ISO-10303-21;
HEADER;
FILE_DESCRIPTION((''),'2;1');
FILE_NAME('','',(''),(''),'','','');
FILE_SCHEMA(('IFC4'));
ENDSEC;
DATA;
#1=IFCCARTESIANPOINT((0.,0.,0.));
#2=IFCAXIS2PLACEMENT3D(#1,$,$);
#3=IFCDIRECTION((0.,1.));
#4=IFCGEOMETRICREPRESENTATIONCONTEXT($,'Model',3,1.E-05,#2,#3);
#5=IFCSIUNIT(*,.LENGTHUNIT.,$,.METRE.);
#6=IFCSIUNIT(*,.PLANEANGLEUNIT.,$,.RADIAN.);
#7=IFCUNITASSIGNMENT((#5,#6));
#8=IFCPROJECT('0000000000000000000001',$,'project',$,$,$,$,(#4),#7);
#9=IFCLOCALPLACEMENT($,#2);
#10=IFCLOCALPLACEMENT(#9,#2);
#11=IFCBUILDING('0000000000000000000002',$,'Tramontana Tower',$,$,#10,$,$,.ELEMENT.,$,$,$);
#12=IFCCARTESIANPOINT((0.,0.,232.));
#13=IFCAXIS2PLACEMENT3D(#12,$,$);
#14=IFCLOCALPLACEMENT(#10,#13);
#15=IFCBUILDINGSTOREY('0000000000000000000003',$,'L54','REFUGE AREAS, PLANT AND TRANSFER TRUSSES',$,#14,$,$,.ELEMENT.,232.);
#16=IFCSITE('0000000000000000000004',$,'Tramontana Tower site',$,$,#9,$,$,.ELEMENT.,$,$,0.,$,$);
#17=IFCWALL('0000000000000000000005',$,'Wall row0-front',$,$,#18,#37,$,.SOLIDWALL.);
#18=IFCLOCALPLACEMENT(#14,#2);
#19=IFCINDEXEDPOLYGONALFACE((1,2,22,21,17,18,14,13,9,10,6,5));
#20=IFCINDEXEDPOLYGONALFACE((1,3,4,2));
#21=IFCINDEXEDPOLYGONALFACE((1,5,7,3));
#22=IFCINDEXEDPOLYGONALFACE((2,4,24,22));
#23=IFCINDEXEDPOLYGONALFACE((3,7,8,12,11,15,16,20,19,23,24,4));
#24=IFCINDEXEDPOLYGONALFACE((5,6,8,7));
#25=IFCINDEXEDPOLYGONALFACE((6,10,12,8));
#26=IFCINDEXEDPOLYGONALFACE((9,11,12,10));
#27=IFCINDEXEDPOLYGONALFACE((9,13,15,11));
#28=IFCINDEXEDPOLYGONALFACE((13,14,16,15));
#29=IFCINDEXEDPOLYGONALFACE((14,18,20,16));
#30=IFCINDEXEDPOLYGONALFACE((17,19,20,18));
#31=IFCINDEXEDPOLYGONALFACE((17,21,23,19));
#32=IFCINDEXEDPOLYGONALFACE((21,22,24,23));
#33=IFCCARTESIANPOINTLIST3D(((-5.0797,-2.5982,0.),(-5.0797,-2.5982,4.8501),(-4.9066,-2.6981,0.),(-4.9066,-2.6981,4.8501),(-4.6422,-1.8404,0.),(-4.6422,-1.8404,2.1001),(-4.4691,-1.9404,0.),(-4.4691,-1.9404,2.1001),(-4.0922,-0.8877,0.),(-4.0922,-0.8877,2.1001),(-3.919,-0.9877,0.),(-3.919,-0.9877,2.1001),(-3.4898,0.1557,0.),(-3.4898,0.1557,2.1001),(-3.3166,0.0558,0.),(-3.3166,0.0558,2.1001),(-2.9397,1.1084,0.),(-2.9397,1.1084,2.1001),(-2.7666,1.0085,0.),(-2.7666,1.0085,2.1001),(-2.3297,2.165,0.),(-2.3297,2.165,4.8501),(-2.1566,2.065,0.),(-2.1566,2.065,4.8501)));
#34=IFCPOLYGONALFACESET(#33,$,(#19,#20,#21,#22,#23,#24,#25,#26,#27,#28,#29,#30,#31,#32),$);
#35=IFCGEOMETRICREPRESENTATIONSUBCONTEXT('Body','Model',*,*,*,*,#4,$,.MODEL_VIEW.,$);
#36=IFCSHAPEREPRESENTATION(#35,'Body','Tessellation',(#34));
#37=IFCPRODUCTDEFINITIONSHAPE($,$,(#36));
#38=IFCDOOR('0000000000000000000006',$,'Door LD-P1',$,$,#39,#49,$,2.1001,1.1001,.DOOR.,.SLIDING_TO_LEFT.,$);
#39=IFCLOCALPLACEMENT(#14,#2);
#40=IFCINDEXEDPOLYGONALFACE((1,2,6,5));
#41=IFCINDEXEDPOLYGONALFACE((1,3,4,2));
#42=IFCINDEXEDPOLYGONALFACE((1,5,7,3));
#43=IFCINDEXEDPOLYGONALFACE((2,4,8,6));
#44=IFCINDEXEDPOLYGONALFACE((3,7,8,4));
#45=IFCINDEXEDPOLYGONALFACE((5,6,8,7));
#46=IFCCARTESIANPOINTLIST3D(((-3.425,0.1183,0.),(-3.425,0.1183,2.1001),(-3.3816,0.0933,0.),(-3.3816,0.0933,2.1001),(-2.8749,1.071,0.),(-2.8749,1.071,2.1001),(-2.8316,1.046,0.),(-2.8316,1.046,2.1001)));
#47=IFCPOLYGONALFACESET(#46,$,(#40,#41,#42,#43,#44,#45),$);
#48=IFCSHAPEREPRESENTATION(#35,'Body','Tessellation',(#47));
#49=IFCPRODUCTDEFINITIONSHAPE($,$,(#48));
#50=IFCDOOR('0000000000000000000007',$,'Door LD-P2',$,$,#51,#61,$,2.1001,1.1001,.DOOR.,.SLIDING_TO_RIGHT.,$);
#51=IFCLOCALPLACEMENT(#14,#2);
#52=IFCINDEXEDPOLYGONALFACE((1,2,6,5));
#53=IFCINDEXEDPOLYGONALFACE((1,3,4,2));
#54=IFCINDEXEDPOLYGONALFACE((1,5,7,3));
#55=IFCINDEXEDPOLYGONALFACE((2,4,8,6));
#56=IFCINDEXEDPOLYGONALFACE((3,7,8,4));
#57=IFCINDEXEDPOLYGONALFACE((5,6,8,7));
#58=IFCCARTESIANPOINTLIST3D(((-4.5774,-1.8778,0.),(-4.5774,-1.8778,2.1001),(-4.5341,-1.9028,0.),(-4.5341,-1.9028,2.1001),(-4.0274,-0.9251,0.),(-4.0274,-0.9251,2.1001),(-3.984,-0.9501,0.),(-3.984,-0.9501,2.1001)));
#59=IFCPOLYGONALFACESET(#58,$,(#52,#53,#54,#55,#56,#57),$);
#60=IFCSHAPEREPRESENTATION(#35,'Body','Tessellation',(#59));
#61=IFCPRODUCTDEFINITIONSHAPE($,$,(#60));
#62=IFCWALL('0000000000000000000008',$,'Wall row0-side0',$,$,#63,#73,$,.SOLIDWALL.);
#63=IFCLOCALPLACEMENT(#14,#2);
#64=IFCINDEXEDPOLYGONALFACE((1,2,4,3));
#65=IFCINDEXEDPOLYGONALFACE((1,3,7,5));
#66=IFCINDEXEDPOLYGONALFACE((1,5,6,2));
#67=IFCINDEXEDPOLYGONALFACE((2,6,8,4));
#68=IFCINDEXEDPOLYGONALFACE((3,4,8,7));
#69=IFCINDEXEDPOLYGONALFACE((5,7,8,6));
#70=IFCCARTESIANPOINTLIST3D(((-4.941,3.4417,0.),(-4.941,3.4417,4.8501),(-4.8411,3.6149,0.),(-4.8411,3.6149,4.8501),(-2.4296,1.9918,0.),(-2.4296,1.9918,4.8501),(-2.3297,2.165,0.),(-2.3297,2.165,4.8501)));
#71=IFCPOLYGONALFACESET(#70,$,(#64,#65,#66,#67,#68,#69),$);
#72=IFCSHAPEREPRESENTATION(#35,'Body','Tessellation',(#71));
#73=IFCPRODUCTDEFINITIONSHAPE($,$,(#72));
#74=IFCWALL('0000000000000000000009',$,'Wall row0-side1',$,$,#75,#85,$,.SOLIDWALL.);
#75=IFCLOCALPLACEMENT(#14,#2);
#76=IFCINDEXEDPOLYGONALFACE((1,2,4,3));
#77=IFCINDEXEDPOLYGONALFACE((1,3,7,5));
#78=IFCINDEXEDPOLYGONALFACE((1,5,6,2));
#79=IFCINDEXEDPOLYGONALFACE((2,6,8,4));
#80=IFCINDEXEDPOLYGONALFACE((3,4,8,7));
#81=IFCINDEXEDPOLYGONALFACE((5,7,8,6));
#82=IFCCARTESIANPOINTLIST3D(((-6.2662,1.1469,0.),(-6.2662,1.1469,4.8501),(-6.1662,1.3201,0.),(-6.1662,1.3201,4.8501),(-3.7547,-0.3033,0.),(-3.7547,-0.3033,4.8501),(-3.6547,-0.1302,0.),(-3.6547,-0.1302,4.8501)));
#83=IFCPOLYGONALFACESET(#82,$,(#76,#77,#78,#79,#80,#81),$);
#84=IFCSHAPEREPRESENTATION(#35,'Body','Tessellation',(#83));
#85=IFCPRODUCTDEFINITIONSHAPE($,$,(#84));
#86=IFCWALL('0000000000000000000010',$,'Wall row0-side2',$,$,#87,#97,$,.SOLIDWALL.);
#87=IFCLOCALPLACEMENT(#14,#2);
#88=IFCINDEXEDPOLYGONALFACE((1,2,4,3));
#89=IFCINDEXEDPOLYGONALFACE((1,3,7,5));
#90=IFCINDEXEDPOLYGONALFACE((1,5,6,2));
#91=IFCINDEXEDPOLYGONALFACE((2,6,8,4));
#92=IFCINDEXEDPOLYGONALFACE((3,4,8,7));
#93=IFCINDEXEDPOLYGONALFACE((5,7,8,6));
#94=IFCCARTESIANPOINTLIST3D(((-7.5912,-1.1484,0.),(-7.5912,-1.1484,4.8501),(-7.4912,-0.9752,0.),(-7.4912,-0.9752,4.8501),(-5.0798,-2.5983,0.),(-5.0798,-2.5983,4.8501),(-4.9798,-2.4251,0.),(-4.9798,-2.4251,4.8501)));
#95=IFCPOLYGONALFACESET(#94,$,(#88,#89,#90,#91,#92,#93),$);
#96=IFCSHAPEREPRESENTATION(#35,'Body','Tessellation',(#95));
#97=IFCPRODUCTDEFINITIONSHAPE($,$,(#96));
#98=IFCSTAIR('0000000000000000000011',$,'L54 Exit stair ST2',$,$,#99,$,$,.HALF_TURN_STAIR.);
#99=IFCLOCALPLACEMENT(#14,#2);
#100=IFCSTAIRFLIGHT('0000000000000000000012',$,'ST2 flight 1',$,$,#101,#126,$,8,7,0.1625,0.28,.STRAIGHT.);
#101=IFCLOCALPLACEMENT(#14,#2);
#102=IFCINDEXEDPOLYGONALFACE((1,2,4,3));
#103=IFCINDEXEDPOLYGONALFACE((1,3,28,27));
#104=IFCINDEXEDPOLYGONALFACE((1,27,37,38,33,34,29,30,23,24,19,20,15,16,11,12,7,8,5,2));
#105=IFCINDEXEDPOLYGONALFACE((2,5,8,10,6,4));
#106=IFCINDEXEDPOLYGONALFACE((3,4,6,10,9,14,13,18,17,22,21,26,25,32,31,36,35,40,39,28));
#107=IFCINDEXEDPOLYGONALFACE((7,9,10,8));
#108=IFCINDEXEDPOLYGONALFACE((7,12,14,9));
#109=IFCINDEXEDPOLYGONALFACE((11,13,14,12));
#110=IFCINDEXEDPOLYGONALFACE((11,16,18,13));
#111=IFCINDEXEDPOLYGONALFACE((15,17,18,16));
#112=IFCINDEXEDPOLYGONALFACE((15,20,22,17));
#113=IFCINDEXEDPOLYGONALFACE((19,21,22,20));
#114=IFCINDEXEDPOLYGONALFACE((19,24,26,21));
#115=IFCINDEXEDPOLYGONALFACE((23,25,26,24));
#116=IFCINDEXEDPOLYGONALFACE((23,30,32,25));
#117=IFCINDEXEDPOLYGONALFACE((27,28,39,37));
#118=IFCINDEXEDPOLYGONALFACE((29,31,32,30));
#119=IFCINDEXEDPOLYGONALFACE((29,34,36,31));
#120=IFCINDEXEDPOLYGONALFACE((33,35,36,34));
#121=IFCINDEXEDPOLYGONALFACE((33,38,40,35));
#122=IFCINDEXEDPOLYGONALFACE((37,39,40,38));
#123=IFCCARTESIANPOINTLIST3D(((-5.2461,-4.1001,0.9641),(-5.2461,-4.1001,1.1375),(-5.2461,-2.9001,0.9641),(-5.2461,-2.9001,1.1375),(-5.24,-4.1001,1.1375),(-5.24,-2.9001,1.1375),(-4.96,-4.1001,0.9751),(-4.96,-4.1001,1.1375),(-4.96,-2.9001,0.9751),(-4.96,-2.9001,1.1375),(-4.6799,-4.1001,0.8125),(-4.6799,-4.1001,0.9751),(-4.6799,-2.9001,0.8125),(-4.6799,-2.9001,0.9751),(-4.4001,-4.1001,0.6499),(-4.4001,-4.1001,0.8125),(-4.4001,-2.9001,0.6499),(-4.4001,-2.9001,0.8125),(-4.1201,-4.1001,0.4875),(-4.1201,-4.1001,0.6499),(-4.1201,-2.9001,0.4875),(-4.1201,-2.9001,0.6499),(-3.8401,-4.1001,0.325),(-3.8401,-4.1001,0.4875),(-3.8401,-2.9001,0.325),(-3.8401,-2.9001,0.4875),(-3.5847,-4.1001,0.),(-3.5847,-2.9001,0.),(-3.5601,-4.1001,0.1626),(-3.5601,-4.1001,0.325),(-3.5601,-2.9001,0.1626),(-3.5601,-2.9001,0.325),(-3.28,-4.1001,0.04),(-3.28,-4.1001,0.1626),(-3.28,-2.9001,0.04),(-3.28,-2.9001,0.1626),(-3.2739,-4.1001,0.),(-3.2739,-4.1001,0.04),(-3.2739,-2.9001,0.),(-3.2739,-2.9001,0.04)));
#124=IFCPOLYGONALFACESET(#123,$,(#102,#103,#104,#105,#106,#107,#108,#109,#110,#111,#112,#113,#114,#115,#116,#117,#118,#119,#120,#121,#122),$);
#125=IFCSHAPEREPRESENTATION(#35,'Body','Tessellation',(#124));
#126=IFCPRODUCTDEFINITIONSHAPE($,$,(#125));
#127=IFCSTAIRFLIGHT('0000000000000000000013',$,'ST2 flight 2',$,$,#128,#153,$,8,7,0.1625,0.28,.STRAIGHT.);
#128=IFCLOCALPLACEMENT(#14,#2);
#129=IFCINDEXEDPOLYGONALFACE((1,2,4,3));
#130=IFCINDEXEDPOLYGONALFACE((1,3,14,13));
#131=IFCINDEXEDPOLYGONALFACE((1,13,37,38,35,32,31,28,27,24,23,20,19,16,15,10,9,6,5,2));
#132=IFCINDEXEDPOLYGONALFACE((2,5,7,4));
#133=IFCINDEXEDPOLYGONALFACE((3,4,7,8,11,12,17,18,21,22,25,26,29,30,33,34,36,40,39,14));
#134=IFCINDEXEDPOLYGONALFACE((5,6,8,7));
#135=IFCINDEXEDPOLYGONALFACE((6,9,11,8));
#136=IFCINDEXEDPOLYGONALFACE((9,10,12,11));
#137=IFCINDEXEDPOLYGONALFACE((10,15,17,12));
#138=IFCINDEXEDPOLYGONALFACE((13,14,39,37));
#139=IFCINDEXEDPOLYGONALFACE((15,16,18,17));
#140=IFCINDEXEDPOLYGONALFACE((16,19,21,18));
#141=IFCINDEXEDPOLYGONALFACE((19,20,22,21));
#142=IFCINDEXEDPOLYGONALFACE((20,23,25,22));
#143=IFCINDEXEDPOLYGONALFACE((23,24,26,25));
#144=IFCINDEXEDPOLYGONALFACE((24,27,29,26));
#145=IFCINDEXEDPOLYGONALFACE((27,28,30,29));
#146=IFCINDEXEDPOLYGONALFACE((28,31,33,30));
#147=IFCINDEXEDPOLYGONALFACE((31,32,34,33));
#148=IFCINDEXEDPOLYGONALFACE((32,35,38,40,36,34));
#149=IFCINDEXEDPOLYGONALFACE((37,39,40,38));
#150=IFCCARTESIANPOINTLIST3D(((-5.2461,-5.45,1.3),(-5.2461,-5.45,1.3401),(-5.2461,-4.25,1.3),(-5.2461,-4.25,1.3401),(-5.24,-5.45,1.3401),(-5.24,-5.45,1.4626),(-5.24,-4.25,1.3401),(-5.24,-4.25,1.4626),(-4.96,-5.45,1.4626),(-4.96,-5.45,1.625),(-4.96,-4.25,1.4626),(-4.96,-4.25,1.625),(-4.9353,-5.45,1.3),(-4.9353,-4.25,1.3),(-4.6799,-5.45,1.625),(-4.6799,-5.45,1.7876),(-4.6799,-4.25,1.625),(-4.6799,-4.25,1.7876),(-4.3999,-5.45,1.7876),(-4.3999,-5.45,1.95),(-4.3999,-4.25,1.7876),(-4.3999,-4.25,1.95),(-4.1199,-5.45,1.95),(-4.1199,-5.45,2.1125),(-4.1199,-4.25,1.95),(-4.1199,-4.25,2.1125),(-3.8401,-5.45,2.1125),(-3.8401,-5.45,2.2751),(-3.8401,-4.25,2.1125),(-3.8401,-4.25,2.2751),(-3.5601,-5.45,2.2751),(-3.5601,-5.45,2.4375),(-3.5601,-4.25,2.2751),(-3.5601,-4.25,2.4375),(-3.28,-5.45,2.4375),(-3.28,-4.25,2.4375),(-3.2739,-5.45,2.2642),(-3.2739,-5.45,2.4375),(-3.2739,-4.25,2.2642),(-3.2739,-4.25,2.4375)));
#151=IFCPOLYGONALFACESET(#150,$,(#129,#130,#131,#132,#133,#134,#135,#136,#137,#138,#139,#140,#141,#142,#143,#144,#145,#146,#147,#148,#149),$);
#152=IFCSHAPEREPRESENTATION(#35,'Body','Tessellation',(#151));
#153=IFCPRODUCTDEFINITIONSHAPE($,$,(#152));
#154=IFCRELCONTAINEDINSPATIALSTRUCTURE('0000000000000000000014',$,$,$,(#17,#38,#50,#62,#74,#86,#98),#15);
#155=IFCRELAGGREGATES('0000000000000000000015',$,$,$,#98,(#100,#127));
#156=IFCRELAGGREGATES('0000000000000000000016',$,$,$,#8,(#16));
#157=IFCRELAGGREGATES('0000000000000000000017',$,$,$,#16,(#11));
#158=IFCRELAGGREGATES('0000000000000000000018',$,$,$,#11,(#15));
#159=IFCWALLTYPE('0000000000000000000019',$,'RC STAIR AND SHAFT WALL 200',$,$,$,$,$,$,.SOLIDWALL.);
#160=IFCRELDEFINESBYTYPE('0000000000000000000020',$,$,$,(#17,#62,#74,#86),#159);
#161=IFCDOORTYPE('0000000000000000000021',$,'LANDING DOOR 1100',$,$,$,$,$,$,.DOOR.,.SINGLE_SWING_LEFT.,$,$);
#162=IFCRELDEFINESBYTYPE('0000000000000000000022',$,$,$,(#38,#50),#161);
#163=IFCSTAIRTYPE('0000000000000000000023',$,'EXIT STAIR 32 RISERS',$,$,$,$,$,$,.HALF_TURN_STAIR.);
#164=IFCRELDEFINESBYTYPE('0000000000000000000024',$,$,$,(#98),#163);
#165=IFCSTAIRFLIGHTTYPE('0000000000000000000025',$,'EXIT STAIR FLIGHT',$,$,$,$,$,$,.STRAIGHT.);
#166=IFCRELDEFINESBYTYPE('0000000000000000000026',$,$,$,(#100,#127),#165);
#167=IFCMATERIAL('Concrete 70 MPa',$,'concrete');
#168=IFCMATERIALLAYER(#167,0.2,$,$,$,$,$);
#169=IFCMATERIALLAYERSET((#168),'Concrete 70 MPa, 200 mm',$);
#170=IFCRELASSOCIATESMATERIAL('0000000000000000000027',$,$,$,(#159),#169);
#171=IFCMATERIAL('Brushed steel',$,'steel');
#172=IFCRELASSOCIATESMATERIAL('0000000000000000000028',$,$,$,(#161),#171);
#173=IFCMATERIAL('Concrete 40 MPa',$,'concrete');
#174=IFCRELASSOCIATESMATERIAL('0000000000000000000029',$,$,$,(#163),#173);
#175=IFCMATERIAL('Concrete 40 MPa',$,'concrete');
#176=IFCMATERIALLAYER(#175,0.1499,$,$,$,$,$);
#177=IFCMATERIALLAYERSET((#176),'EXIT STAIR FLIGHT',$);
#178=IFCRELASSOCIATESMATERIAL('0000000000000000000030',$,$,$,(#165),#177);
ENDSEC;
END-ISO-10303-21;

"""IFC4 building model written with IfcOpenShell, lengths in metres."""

from ifc_helpers import new_model, si_unit, direction, frame, frame_2d, origin, place, context, subcontext, project, spatial, polyline, rectangle, outline, extrude, material, layer, layer_set, type_object, element, fill, aggregate, save


model = new_model("IFC4")

# Units and contexts
model_context = context("Model", 3, precision=1e-05, world=origin(), true_north=direction((0.0, 1.0)))
body_context = subcontext(model_context, "Body", "Model", "MODEL_VIEW")
ifc_project = project(units=[si_unit("LENGTHUNIT", "METRE"), si_unit("PLANEANGLEUNIT", "RADIAN")], contexts=[model_context])

# Site, building, storey
site_placement = place(None, origin())
site = spatial("IfcSite", under=ifc_project, at=site_placement, Name="Tramontana Tower site", CompositionType="ELEMENT", RefElevation=0.0)
building_placement = place(site_placement, origin())
building = spatial("IfcBuilding", under=site, at=building_placement, Name="Tramontana Tower", CompositionType="ELEMENT")
storey_placement = place(building_placement, frame((0.0, 0.0, 232.0)))
storey = spatial("IfcBuildingStorey", under=building, at=storey_placement, Name="L54", Description="REFUGE AREAS, PLANT AND TRANSFER TRUSSES", CompositionType="ELEMENT", Elevation=232.0)

# Shared definitions
ifc_material_1 = material(Name="Concrete 70 MPa", Category="concrete")
ifc_layer_1 = layer(ifc_material_1, 0.2)
ifc_layer_set_1 = layer_set([ifc_layer_1], Name="Concrete 70 MPa, 200 mm")
wall_type_1 = type_object("IfcWallType", Name="RC STAIR AND SHAFT WALL 200", PredefinedType="SOLIDWALL", material=ifc_layer_set_1)

# Wall, openings, doors
wall_1_placement = place(storey_placement, frame((-2.2432, 2.115, 0.0), z_axis=(0.0, 0.0, 1.0), x_axis=(-0.499997, -0.866027, 0.0)))
wall_1 = element("IfcWall", 1, at=wall_1_placement, inside=storey, type_object=wall_type_1, Name="Wall row0-front", PredefinedType="SOLIDWALL", context=body_context, shape_type="SweptSolid", body=[
    extrude(rectangle(XDim=5.5, YDim=0.2, at=frame_2d((2.75, 0.0))), origin(), (0.0, 0.0, 1.0), 4.8501),
])
opening_1_placement = place(wall_1_placement, frame((1.22, 0.0, 0.0)))
opening_1 = element("IfcOpeningElement", 2, at=opening_1_placement, cuts=wall_1, PredefinedType="OPENING", context=body_context, shape_type="SweptSolid", body=[
    extrude(rectangle(XDim=1.1001, YDim=2.1001, at=frame_2d((0.55, 1.05))), frame((0.0, 0.1099, 0.0), z_axis=(0.0, -1.0, 0.0), x_axis=(1.0, 0.0, 0.0)), (0.0, 0.0, 1.0), 0.22),
])
opening_2_placement = place(wall_1_placement, frame((3.5249, 0.0, 0.0)))
opening_2 = element("IfcOpeningElement", 3, at=opening_2_placement, cuts=wall_1, PredefinedType="OPENING", context=body_context, shape_type="SweptSolid", body=[
    extrude(rectangle(XDim=1.1001, YDim=2.1001, at=frame_2d((0.55, 1.05))), frame((0.0, 0.1099, 0.0), z_axis=(0.0, -1.0, 0.0), x_axis=(1.0, 0.0, 0.0)), (0.0, 0.0, 1.0), 0.22),
])
ifc_material_2 = material(Name="Brushed steel", Category="steel")
door_type_1 = type_object("IfcDoorType", Name="LANDING DOOR 1100", OperationType="SINGLE_SWING_LEFT", PredefinedType="DOOR", material=ifc_material_2)
door_1_placement = place(opening_1_placement, origin())
door_1 = element("IfcDoor", 4, at=door_1_placement, inside=storey, type_object=door_type_1, Name="Door LD-P1", OperationType="SLIDING_TO_LEFT", OverallHeight=2.1001, OverallWidth=1.1001, PredefinedType="DOOR", context=body_context, shape_type="SweptSolid", body=[
    extrude(rectangle(XDim=1.1001, YDim=2.1001, at=frame_2d((0.55, 1.05))), frame((0.0, 0.0249, 0.0), z_axis=(0.0, -1.0, 0.0), x_axis=(1.0, 0.0, 0.0)), (0.0, 0.0, 1.0), 0.05),
])
fill(opening_1, door_1)
door_2_placement = place(opening_2_placement, origin())
door_2 = element("IfcDoor", 5, at=door_2_placement, inside=storey, type_object=door_type_1, Name="Door LD-P2", OperationType="SLIDING_TO_RIGHT", OverallHeight=2.1001, OverallWidth=1.1001, PredefinedType="DOOR", context=body_context, shape_type="SweptSolid", body=[
    extrude(rectangle(XDim=1.1001, YDim=2.1001, at=frame_2d((0.55, 1.05))), frame((0.0, 0.0249, 0.0), z_axis=(0.0, -1.0, 0.0), x_axis=(1.0, 0.0, 0.0)), (0.0, 0.0, 1.0), 0.05),
])
fill(opening_2, door_2)

# Walls
wall_2_placement = place(storey_placement, frame((-2.3796, 2.0784, 0.0), z_axis=(0.0, 0.0, 1.0), x_axis=(-0.866033, 0.499987, 0.0)))
element("IfcWall", 6, at=wall_2_placement, inside=storey, type_object=wall_type_1, Name="Wall row0-side0", PredefinedType="SOLIDWALL", context=body_context, shape_type="SweptSolid", body=[
    extrude(rectangle(XDim=2.8999, YDim=0.2, at=frame_2d((1.45, 0.0))), origin(), (0.0, 0.0, 1.0), 4.8501),
])
wall_3_placement = place(storey_placement, frame((-3.7046, -0.2168, 0.0), z_axis=(0.0, 0.0, 1.0), x_axis=(-0.865996, 0.50005, 0.0)))
element("IfcWall", 7, at=wall_3_placement, inside=storey, type_object=wall_type_1, Name="Wall row0-side1", PredefinedType="SOLIDWALL", context=body_context, shape_type="SweptSolid", body=[
    extrude(rectangle(XDim=2.9001, YDim=0.2, at=frame_2d((1.4502, 0.0))), origin(), (0.0, 0.0, 1.0), 4.8501),
])
wall_4_placement = place(storey_placement, frame((-5.0298, -2.5117, 0.0), z_axis=(0.0, 0.0, 1.0), x_axis=(-0.866033, 0.499987, 0.0)))
element("IfcWall", 8, at=wall_4_placement, inside=storey, type_object=wall_type_1, Name="Wall row0-side2", PredefinedType="SOLIDWALL", context=body_context, shape_type="SweptSolid", body=[
    extrude(rectangle(XDim=2.8999, YDim=0.2, at=frame_2d((1.45, 0.0))), origin(), (0.0, 0.0, 1.0), 4.8501),
])

# Stair, stair flights
ifc_material_3 = material(Name="Concrete 40 MPa", Category="concrete")
stair_type = type_object("IfcStairType", Name="EXIT STAIR 32 RISERS", PredefinedType="HALF_TURN_STAIR", material=ifc_material_3)
stair_placement = place(storey_placement, origin())
stair = element("IfcStair", 9, at=stair_placement, inside=storey, type_object=stair_type, Name="L54 Exit stair ST2", PredefinedType="HALF_TURN_STAIR")
ifc_material_4 = material(Name="Concrete 40 MPa", Category="concrete")
ifc_layer_2 = layer(ifc_material_4, 0.1499)
ifc_layer_set_2 = layer_set([ifc_layer_2], Name="EXIT STAIR FLIGHT")
stair_flight_type = type_object("IfcStairFlightType", Name="EXIT STAIR FLIGHT", PredefinedType="STRAIGHT", material=ifc_layer_set_2)
stair_flight_1_placement = place(storey_placement, frame((-3.28, -3.5, 0.0), z_axis=(0.0, 0.0, 1.0), x_axis=(-1.0, 0.0, 0.0)))
stair_flight_1 = element("IfcStairFlight", 10, at=stair_flight_1_placement, type_object=stair_flight_type, Name="ST2 flight 1", NumberOfRisers=8, NumberOfTreads=7, PredefinedType="STRAIGHT", RiserHeight=0.1625, TreadLength=0.28, context=body_context, shape_type="SweptSolid", body=[
    extrude(outline(polyline([(-0.0061, 0.0), (-0.0061, 0.04), (0.0, 0.04), (0.0, 0.1626), (0.28, 0.1626), (0.28, 0.325), (0.5601, 0.325), (0.5601, 0.4875), (0.8401, 0.4875), (0.8401, 0.6499), (1.1201, 0.6499), (1.1201, 0.8125), (1.3999, 0.8125), (1.3999, 0.9751), (1.6799, 0.9751), (1.6799, 1.1375), (1.96, 1.1375), (1.9661, 1.1375), (1.9661, 0.9641), (0.3047, 0.0), (-0.0061, 0.0)])), frame((0.0, 0.6001, 0.0), z_axis=(0.0, -1.0, 0.0), x_axis=(1.0, 0.0, 0.0)), (0.0, 0.0, 1.0), 1.2),
])
stair_flight_2_placement = place(storey_placement, frame((-5.24, -4.8501, 1.3), z_axis=(0.0, 0.0, 1.0), x_axis=(1.0, 0.0, 0.0)))
stair_flight_2 = element("IfcStairFlight", 11, at=stair_flight_2_placement, type_object=stair_flight_type, Name="ST2 flight 2", NumberOfRisers=8, NumberOfTreads=7, PredefinedType="STRAIGHT", RiserHeight=0.1625, TreadLength=0.28, context=body_context, shape_type="SweptSolid", body=[
    extrude(outline(polyline([(-0.0061, 0.0), (-0.0061, 0.04), (0.0, 0.04), (0.0, 0.1626), (0.28, 0.1626), (0.28, 0.325), (0.5601, 0.325), (0.5601, 0.4875), (0.8401, 0.4875), (0.8401, 0.6499), (1.1201, 0.6499), (1.1201, 0.8125), (1.3999, 0.8125), (1.3999, 0.9751), (1.6799, 0.9751), (1.6799, 1.1375), (1.96, 1.1375), (1.9661, 1.1375), (1.9661, 0.9641), (0.3047, 0.0), (-0.0061, 0.0)])), frame((0.0, 0.6001, 0.0), z_axis=(0.0, -1.0, 0.0), x_axis=(1.0, 0.0, 0.0)), (0.0, 0.0, 1.0), 1.2),
])
aggregate(stair, [stair_flight_1, stair_flight_2])

save(model, "model.ifc")
